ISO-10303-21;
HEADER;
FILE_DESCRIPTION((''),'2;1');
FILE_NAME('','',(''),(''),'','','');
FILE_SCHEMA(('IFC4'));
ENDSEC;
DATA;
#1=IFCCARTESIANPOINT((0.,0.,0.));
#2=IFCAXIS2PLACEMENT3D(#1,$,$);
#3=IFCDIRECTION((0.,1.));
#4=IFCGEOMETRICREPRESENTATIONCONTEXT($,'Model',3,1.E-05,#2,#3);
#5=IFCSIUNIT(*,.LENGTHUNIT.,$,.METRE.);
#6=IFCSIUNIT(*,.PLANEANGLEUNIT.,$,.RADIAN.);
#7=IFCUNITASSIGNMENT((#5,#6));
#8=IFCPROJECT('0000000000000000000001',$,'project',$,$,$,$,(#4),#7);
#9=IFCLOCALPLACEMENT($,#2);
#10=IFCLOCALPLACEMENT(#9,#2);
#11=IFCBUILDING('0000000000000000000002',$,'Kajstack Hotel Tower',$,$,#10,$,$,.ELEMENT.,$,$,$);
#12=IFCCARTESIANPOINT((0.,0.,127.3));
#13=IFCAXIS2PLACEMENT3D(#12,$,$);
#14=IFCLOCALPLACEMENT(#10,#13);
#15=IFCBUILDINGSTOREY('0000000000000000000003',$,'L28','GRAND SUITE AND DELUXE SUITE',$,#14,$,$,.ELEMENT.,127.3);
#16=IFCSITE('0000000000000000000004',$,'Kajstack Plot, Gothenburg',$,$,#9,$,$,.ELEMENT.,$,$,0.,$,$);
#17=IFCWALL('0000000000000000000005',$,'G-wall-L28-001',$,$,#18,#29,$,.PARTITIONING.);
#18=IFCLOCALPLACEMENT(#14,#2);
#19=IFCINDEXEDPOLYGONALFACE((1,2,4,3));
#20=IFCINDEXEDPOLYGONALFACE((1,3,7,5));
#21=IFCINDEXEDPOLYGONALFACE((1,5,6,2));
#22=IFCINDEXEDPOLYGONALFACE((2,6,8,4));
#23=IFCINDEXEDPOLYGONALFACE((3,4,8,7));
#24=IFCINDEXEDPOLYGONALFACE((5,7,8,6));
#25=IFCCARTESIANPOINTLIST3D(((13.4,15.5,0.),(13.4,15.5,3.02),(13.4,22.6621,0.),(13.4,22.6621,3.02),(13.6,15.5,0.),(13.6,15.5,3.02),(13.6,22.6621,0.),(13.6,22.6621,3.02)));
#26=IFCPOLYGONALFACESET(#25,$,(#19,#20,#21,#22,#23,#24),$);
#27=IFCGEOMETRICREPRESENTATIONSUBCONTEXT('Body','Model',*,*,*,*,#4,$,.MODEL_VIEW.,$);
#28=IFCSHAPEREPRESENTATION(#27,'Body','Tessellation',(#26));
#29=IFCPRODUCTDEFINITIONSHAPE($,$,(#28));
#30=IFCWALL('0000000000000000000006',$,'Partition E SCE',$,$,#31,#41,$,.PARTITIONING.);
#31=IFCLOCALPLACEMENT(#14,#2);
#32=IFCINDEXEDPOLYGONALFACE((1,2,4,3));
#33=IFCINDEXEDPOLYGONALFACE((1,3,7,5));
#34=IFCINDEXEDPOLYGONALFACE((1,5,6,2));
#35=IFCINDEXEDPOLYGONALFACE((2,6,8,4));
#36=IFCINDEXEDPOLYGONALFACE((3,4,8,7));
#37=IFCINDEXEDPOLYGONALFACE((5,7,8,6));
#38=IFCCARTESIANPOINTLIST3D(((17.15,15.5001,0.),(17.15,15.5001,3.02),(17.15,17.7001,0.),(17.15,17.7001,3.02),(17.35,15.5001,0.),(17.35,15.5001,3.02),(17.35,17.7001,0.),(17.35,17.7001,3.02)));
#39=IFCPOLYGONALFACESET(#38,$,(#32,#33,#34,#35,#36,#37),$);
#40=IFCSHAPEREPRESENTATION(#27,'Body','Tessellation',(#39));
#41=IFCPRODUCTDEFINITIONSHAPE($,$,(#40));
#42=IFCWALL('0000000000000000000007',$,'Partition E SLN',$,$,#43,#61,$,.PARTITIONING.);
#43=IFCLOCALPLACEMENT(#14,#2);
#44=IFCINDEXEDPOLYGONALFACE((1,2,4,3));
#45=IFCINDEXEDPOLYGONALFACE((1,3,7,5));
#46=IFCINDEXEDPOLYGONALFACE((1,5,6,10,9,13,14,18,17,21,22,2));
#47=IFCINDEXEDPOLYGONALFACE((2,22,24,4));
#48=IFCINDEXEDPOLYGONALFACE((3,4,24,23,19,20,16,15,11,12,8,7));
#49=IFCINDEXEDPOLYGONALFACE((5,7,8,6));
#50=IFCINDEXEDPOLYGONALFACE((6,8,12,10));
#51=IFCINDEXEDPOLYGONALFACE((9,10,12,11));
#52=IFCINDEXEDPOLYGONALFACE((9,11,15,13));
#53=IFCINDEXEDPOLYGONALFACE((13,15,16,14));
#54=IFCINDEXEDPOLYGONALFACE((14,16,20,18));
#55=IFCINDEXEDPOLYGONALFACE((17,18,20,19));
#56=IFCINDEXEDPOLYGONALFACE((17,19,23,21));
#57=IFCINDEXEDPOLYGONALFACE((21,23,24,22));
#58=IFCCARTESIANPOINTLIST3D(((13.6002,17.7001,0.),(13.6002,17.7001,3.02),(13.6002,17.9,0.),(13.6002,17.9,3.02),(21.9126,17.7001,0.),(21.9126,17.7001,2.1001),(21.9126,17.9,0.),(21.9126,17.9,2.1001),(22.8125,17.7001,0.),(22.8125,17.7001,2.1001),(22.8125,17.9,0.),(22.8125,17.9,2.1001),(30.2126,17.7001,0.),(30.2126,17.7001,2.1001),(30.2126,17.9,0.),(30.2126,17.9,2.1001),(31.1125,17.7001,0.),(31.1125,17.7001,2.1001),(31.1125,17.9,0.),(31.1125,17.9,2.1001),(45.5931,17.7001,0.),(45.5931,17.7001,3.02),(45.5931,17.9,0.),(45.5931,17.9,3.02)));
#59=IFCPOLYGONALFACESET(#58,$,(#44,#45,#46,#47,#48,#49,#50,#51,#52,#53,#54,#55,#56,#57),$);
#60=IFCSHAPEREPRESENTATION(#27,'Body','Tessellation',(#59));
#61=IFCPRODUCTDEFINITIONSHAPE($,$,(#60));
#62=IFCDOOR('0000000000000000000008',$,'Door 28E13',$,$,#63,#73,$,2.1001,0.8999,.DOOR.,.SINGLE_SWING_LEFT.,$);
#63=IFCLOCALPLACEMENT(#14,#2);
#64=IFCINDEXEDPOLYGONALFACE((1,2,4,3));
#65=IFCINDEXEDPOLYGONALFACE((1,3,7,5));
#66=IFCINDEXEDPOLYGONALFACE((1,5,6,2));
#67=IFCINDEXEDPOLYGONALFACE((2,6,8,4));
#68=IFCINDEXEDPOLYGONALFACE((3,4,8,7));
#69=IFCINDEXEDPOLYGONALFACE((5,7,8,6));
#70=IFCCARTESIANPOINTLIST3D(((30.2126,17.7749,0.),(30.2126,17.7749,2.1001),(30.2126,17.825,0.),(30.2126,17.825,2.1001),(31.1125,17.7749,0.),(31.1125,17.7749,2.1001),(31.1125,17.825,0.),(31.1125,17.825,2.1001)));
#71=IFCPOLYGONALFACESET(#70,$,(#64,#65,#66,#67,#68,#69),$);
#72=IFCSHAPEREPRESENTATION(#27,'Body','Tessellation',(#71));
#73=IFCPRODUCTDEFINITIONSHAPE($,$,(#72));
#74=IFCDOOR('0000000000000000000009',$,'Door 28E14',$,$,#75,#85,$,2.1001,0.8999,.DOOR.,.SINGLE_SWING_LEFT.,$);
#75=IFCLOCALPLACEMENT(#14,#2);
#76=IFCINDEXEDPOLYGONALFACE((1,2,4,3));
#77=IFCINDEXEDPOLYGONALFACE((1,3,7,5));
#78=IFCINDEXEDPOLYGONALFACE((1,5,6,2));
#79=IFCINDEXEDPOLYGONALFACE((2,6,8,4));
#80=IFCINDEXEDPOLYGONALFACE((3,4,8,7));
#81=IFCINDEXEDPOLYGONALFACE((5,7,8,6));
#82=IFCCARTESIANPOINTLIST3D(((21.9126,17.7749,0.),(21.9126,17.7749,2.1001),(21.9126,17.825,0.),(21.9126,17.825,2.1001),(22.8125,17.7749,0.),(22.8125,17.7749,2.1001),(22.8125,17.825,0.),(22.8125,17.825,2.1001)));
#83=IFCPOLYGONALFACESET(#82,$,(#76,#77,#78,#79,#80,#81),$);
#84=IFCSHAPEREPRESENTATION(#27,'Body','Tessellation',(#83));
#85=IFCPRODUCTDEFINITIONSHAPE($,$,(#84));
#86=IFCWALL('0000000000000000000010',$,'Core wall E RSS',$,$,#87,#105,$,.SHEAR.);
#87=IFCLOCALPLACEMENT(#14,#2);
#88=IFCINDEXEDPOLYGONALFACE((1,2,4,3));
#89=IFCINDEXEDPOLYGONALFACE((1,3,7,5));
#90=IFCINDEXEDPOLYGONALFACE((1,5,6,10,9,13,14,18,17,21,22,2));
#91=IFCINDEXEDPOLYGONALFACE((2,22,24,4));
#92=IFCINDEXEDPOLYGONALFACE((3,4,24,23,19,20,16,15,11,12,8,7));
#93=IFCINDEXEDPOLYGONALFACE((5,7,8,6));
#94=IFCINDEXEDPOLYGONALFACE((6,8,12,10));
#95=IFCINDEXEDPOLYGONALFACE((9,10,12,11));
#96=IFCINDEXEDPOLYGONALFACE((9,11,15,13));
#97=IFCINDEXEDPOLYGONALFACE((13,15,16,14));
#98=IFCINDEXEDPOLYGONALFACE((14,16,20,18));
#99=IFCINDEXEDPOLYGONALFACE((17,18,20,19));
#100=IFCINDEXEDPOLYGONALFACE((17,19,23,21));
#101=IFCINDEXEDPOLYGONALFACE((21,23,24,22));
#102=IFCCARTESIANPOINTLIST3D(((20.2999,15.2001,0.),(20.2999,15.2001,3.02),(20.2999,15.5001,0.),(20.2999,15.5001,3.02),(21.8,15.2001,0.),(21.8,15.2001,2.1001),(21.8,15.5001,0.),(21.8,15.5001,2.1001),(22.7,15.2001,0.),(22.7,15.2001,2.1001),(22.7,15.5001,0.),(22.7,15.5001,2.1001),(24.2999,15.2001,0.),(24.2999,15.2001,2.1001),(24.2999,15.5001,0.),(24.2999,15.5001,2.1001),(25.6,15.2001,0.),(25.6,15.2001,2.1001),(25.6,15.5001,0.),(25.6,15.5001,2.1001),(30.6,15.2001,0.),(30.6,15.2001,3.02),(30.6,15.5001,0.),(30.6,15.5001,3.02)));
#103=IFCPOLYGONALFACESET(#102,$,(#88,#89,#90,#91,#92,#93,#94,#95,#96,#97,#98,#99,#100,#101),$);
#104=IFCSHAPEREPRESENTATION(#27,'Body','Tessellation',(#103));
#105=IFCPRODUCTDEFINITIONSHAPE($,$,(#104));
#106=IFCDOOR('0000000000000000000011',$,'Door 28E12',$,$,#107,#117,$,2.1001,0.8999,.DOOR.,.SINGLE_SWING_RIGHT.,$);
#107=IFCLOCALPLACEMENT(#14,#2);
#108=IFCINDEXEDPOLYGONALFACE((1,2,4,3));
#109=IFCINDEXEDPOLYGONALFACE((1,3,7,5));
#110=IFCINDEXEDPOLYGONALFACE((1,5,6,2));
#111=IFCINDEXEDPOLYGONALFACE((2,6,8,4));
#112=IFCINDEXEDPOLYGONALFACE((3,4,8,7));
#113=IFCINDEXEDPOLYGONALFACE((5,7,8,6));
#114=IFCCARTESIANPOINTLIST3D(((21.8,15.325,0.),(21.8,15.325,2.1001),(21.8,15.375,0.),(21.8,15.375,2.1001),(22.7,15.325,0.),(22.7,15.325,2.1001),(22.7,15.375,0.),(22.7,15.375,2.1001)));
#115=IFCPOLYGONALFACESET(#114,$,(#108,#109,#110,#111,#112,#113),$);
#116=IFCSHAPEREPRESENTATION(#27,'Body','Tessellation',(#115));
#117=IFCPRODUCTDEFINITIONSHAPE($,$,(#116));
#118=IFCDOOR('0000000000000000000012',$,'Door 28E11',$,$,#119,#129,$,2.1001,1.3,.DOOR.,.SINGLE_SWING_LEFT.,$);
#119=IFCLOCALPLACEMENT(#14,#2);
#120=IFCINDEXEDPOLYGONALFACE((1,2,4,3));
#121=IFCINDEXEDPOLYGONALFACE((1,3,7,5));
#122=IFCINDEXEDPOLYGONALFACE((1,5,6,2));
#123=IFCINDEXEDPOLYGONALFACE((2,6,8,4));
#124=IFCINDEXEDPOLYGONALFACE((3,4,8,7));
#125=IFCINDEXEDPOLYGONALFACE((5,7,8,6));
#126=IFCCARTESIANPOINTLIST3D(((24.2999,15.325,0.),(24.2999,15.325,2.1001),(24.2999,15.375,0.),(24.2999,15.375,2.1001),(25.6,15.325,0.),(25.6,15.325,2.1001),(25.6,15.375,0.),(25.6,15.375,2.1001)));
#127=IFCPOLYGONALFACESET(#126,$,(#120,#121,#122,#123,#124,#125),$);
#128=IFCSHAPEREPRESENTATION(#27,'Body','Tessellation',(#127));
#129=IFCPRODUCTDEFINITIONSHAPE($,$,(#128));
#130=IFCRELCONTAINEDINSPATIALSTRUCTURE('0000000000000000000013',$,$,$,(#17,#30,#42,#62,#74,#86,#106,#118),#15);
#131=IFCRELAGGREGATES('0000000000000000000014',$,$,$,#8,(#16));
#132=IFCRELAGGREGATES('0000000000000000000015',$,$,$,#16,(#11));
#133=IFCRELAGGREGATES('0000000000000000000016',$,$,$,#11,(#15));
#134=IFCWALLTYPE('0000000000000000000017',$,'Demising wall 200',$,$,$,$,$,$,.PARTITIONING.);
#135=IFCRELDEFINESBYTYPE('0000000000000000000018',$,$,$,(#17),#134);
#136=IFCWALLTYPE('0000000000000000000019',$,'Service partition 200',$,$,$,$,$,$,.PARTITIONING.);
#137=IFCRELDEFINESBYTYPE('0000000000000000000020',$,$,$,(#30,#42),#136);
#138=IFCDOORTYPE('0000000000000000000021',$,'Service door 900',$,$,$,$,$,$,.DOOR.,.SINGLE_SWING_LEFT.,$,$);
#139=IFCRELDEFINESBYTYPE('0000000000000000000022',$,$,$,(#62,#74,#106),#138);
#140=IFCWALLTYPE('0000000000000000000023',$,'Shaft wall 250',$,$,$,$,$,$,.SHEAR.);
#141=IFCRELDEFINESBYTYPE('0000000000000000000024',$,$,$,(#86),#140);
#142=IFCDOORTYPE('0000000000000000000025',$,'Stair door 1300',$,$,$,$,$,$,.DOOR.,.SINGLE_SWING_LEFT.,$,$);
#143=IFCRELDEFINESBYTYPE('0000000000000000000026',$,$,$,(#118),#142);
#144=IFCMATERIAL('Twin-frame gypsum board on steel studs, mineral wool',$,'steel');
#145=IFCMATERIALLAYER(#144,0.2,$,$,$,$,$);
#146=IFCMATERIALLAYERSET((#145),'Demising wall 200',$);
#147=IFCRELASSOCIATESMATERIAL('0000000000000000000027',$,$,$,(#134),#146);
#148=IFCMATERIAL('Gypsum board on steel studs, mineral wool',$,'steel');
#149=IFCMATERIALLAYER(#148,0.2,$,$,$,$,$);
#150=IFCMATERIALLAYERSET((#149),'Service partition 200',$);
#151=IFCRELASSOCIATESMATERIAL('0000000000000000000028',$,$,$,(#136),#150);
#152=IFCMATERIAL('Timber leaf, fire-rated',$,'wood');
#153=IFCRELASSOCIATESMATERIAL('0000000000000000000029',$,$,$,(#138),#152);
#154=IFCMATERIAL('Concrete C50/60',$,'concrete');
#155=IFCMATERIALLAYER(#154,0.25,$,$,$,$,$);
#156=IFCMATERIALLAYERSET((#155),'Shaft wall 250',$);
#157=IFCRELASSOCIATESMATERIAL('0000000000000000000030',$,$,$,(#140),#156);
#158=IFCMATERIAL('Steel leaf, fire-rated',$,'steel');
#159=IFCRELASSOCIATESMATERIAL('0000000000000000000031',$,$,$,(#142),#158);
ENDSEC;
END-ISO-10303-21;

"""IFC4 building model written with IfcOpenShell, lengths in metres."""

from ifc_helpers import new_model, si_unit, direction, frame, frame_2d, origin, place, context, subcontext, project, spatial, rectangle, extrude, material, layer, layer_set, type_object, element, fill, save


model = new_model("IFC4")

# Units and contexts
model_context = context("Model", 3, precision=1e-05, world=origin(), true_north=direction((0.0, 1.0)))
body_context = subcontext(model_context, "Body", "Model", "MODEL_VIEW")
ifc_project = project(units=[si_unit("LENGTHUNIT", "METRE"), si_unit("PLANEANGLEUNIT", "RADIAN")], contexts=[model_context])

# Site, building, storey
site_placement = place(None, origin())
site = spatial("IfcSite", under=ifc_project, at=site_placement, Name="Kajstack Plot, Gothenburg", CompositionType="ELEMENT", RefElevation=0.0)
building_placement = place(site_placement, origin())
building = spatial("IfcBuilding", under=site, at=building_placement, Name="Kajstack Hotel Tower", CompositionType="ELEMENT")
storey_placement = place(building_placement, frame((0.0, 0.0, 127.3)))
storey = spatial("IfcBuildingStorey", under=building, at=storey_placement, Name="L28", Description="GRAND SUITE AND DELUXE SUITE", CompositionType="ELEMENT", Elevation=127.3)

# Wall
ifc_material_1 = material(Name="Twin-frame gypsum board on steel studs, mineral wool", Category="steel")
ifc_layer_1 = layer(ifc_material_1, 0.2)
ifc_layer_set_1 = layer_set([ifc_layer_1], Name="Demising wall 200")
wall_type_1 = type_object("IfcWallType", Name="Demising wall 200", PredefinedType="PARTITIONING", material=ifc_layer_set_1)
wall_1_placement = place(storey_placement, frame((13.5, 15.5, 0.0), z_axis=(0.0, 0.0, 1.0), x_axis=(0.0, 1.0, 0.0)))
element("IfcWall", 1, at=wall_1_placement, inside=storey, type_object=wall_type_1, Name="G-wall-L28-001", PredefinedType="PARTITIONING", context=body_context, shape_type="SweptSolid", body=[
    extrude(rectangle(XDim=7.1621, YDim=0.2, at=frame_2d((3.5811, 0.0))), origin(), (0.0, 0.0, 1.0), 3.02),
])

# Wall
ifc_material_2 = material(Name="Gypsum board on steel studs, mineral wool", Category="steel")
ifc_layer_2 = layer(ifc_material_2, 0.2)
ifc_layer_set_2 = layer_set([ifc_layer_2], Name="Service partition 200")
wall_type_2 = type_object("IfcWallType", Name="Service partition 200", PredefinedType="PARTITIONING", material=ifc_layer_set_2)
wall_2_placement = place(storey_placement, frame((17.25, 15.5, 0.0), z_axis=(0.0, 0.0, 1.0), x_axis=(0.0, 1.0, 0.0)))
element("IfcWall", 2, at=wall_2_placement, inside=storey, type_object=wall_type_2, Name="Partition E SCE", PredefinedType="PARTITIONING", context=body_context, shape_type="SweptSolid", body=[
    extrude(rectangle(XDim=2.2, YDim=0.2, at=frame_2d((1.1001, 0.0))), origin(), (0.0, 0.0, 1.0), 3.02),
])

# Walls, openings, doors
wall_3_placement = place(storey_placement, frame((13.6001, 17.8, 0.0), z_axis=(0.0, 0.0, 1.0), x_axis=(1.0, 0.0, 0.0)))
wall_3 = element("IfcWall", 3, at=wall_3_placement, inside=storey, type_object=wall_type_2, Name="Partition E SLN", PredefinedType="PARTITIONING", context=body_context, shape_type="SweptSolid", body=[
    extrude(rectangle(XDim=31.9929, YDim=0.2, at=frame_2d((15.9966, 0.0))), origin(), (0.0, 0.0, 1.0), 3.02),
])
opening_1_placement = place(wall_3_placement, frame((16.6125, 0.0, 0.0)))
opening_1 = element("IfcOpeningElement", 4, at=opening_1_placement, cuts=wall_3, PredefinedType="OPENING", context=body_context, shape_type="SweptSolid", body=[
    extrude(rectangle(XDim=0.8999, YDim=2.1001, at=frame_2d((0.45, 1.05))), frame((0.0, 0.1099, 0.0), z_axis=(0.0, -1.0, 0.0), x_axis=(1.0, 0.0, 0.0)), (0.0, 0.0, 1.0), 0.22),
])
opening_2_placement = place(wall_3_placement, frame((8.3125, 0.0, 0.0)))
opening_2 = element("IfcOpeningElement", 5, at=opening_2_placement, cuts=wall_3, PredefinedType="OPENING", context=body_context, shape_type="SweptSolid", body=[
    extrude(rectangle(XDim=0.8999, YDim=2.1001, at=frame_2d((0.45, 1.05))), frame((0.0, 0.1099, 0.0), z_axis=(0.0, -1.0, 0.0), x_axis=(1.0, 0.0, 0.0)), (0.0, 0.0, 1.0), 0.22),
])
ifc_material_3 = material(Name="Timber leaf, fire-rated", Category="wood")
door_type_1 = type_object("IfcDoorType", Name="Service door 900", OperationType="SINGLE_SWING_LEFT", PredefinedType="DOOR", material=ifc_material_3)
door_1_placement = place(opening_1_placement, origin())
door_1 = element("IfcDoor", 6, at=door_1_placement, inside=storey, type_object=door_type_1, Name="Door 28E13", OperationType="SINGLE_SWING_LEFT", OverallHeight=2.1001, OverallWidth=0.8999, PredefinedType="DOOR", context=body_context, shape_type="SweptSolid", body=[
    extrude(rectangle(XDim=0.8999, YDim=2.1001, at=frame_2d((0.45, 1.05))), frame((0.0, 0.0249, 0.0), z_axis=(0.0, -1.0, 0.0), x_axis=(1.0, 0.0, 0.0)), (0.0, 0.0, 1.0), 0.05),
])
fill(opening_1, door_1)
door_2_placement = place(opening_2_placement, origin())
door_2 = element("IfcDoor", 7, at=door_2_placement, inside=storey, type_object=door_type_1, Name="Door 28E14", OperationType="SINGLE_SWING_LEFT", OverallHeight=2.1001, OverallWidth=0.8999, PredefinedType="DOOR", context=body_context, shape_type="SweptSolid", body=[
    extrude(rectangle(XDim=0.8999, YDim=2.1001, at=frame_2d((0.45, 1.05))), frame((0.0, 0.0249, 0.0), z_axis=(0.0, -1.0, 0.0), x_axis=(1.0, 0.0, 0.0)), (0.0, 0.0, 1.0), 0.05),
])
fill(opening_2, door_2)
ifc_material_4 = material(Name="Concrete C50/60", Category="concrete")
ifc_layer_3 = layer(ifc_material_4, 0.25)
ifc_layer_set_3 = layer_set([ifc_layer_3], Name="Shaft wall 250")
wall_type_3 = type_object("IfcWallType", Name="Shaft wall 250", PredefinedType="SHEAR", material=ifc_layer_set_3)
wall_4_placement = place(storey_placement, frame((20.3, 15.3501, 0.0), z_axis=(0.0, 0.0, 1.0), x_axis=(1.0, 0.0, 0.0)))
wall_4 = element("IfcWall", 8, at=wall_4_placement, inside=storey, type_object=wall_type_3, Name="Core wall E RSS", PredefinedType="SHEAR", context=body_context, shape_type="SweptSolid", body=[
    extrude(rectangle(XDim=10.3, YDim=0.3, at=frame_2d((5.1499, 0.0))), origin(), (0.0, 0.0, 1.0), 3.02),
])
opening_3_placement = place(wall_4_placement, frame((4.0, 0.0, 0.0)))
opening_3 = element("IfcOpeningElement", 9, at=opening_3_placement, cuts=wall_4, PredefinedType="OPENING", context=body_context, shape_type="SweptSolid", body=[
    extrude(rectangle(XDim=1.3, YDim=2.1001, at=frame_2d((0.6499, 1.05))), frame((0.0, 0.1599, 0.0), z_axis=(0.0, -1.0, 0.0), x_axis=(1.0, 0.0, 0.0)), (0.0, 0.0, 1.0), 0.3201),
])
opening_4_placement = place(wall_4_placement, frame((1.5, 0.0, 0.0)))
opening_4 = element("IfcOpeningElement", 10, at=opening_4_placement, cuts=wall_4, PredefinedType="OPENING", context=body_context, shape_type="SweptSolid", body=[
    extrude(rectangle(XDim=0.8999, YDim=2.1001, at=frame_2d((0.45, 1.05))), frame((0.0, 0.1599, 0.0), z_axis=(0.0, -1.0, 0.0), x_axis=(1.0, 0.0, 0.0)), (0.0, 0.0, 1.0), 0.3201),
])
door_3_placement = place(opening_4_placement, origin())
door_3 = element("IfcDoor", 11, at=door_3_placement, inside=storey, type_object=door_type_1, Name="Door 28E12", OperationType="SINGLE_SWING_RIGHT", OverallHeight=2.1001, OverallWidth=0.8999, PredefinedType="DOOR", context=body_context, shape_type="SweptSolid", body=[
    extrude(rectangle(XDim=0.8999, YDim=2.1001, at=frame_2d((0.45, 1.05))), frame((0.0, 0.0249, 0.0), z_axis=(0.0, -1.0, 0.0), x_axis=(1.0, 0.0, 0.0)), (0.0, 0.0, 1.0), 0.05),
])
fill(opening_4, door_3)
ifc_material_5 = material(Name="Steel leaf, fire-rated", Category="steel")
door_type_2 = type_object("IfcDoorType", Name="Stair door 1300", OperationType="SINGLE_SWING_LEFT", PredefinedType="DOOR", material=ifc_material_5)
door_4_placement = place(opening_3_placement, origin())
door_4 = element("IfcDoor", 12, at=door_4_placement, inside=storey, type_object=door_type_2, Name="Door 28E11", OperationType="SINGLE_SWING_LEFT", OverallHeight=2.1001, OverallWidth=1.3, PredefinedType="DOOR", context=body_context, shape_type="SweptSolid", body=[
    extrude(rectangle(XDim=1.3, YDim=2.1001, at=frame_2d((0.6499, 1.05))), frame((0.0, 0.0249, 0.0), z_axis=(0.0, -1.0, 0.0), x_axis=(1.0, 0.0, 0.0)), (0.0, 0.0, 1.0), 0.05),
])
fill(opening_3, door_4)

save(model, "model.ifc")
